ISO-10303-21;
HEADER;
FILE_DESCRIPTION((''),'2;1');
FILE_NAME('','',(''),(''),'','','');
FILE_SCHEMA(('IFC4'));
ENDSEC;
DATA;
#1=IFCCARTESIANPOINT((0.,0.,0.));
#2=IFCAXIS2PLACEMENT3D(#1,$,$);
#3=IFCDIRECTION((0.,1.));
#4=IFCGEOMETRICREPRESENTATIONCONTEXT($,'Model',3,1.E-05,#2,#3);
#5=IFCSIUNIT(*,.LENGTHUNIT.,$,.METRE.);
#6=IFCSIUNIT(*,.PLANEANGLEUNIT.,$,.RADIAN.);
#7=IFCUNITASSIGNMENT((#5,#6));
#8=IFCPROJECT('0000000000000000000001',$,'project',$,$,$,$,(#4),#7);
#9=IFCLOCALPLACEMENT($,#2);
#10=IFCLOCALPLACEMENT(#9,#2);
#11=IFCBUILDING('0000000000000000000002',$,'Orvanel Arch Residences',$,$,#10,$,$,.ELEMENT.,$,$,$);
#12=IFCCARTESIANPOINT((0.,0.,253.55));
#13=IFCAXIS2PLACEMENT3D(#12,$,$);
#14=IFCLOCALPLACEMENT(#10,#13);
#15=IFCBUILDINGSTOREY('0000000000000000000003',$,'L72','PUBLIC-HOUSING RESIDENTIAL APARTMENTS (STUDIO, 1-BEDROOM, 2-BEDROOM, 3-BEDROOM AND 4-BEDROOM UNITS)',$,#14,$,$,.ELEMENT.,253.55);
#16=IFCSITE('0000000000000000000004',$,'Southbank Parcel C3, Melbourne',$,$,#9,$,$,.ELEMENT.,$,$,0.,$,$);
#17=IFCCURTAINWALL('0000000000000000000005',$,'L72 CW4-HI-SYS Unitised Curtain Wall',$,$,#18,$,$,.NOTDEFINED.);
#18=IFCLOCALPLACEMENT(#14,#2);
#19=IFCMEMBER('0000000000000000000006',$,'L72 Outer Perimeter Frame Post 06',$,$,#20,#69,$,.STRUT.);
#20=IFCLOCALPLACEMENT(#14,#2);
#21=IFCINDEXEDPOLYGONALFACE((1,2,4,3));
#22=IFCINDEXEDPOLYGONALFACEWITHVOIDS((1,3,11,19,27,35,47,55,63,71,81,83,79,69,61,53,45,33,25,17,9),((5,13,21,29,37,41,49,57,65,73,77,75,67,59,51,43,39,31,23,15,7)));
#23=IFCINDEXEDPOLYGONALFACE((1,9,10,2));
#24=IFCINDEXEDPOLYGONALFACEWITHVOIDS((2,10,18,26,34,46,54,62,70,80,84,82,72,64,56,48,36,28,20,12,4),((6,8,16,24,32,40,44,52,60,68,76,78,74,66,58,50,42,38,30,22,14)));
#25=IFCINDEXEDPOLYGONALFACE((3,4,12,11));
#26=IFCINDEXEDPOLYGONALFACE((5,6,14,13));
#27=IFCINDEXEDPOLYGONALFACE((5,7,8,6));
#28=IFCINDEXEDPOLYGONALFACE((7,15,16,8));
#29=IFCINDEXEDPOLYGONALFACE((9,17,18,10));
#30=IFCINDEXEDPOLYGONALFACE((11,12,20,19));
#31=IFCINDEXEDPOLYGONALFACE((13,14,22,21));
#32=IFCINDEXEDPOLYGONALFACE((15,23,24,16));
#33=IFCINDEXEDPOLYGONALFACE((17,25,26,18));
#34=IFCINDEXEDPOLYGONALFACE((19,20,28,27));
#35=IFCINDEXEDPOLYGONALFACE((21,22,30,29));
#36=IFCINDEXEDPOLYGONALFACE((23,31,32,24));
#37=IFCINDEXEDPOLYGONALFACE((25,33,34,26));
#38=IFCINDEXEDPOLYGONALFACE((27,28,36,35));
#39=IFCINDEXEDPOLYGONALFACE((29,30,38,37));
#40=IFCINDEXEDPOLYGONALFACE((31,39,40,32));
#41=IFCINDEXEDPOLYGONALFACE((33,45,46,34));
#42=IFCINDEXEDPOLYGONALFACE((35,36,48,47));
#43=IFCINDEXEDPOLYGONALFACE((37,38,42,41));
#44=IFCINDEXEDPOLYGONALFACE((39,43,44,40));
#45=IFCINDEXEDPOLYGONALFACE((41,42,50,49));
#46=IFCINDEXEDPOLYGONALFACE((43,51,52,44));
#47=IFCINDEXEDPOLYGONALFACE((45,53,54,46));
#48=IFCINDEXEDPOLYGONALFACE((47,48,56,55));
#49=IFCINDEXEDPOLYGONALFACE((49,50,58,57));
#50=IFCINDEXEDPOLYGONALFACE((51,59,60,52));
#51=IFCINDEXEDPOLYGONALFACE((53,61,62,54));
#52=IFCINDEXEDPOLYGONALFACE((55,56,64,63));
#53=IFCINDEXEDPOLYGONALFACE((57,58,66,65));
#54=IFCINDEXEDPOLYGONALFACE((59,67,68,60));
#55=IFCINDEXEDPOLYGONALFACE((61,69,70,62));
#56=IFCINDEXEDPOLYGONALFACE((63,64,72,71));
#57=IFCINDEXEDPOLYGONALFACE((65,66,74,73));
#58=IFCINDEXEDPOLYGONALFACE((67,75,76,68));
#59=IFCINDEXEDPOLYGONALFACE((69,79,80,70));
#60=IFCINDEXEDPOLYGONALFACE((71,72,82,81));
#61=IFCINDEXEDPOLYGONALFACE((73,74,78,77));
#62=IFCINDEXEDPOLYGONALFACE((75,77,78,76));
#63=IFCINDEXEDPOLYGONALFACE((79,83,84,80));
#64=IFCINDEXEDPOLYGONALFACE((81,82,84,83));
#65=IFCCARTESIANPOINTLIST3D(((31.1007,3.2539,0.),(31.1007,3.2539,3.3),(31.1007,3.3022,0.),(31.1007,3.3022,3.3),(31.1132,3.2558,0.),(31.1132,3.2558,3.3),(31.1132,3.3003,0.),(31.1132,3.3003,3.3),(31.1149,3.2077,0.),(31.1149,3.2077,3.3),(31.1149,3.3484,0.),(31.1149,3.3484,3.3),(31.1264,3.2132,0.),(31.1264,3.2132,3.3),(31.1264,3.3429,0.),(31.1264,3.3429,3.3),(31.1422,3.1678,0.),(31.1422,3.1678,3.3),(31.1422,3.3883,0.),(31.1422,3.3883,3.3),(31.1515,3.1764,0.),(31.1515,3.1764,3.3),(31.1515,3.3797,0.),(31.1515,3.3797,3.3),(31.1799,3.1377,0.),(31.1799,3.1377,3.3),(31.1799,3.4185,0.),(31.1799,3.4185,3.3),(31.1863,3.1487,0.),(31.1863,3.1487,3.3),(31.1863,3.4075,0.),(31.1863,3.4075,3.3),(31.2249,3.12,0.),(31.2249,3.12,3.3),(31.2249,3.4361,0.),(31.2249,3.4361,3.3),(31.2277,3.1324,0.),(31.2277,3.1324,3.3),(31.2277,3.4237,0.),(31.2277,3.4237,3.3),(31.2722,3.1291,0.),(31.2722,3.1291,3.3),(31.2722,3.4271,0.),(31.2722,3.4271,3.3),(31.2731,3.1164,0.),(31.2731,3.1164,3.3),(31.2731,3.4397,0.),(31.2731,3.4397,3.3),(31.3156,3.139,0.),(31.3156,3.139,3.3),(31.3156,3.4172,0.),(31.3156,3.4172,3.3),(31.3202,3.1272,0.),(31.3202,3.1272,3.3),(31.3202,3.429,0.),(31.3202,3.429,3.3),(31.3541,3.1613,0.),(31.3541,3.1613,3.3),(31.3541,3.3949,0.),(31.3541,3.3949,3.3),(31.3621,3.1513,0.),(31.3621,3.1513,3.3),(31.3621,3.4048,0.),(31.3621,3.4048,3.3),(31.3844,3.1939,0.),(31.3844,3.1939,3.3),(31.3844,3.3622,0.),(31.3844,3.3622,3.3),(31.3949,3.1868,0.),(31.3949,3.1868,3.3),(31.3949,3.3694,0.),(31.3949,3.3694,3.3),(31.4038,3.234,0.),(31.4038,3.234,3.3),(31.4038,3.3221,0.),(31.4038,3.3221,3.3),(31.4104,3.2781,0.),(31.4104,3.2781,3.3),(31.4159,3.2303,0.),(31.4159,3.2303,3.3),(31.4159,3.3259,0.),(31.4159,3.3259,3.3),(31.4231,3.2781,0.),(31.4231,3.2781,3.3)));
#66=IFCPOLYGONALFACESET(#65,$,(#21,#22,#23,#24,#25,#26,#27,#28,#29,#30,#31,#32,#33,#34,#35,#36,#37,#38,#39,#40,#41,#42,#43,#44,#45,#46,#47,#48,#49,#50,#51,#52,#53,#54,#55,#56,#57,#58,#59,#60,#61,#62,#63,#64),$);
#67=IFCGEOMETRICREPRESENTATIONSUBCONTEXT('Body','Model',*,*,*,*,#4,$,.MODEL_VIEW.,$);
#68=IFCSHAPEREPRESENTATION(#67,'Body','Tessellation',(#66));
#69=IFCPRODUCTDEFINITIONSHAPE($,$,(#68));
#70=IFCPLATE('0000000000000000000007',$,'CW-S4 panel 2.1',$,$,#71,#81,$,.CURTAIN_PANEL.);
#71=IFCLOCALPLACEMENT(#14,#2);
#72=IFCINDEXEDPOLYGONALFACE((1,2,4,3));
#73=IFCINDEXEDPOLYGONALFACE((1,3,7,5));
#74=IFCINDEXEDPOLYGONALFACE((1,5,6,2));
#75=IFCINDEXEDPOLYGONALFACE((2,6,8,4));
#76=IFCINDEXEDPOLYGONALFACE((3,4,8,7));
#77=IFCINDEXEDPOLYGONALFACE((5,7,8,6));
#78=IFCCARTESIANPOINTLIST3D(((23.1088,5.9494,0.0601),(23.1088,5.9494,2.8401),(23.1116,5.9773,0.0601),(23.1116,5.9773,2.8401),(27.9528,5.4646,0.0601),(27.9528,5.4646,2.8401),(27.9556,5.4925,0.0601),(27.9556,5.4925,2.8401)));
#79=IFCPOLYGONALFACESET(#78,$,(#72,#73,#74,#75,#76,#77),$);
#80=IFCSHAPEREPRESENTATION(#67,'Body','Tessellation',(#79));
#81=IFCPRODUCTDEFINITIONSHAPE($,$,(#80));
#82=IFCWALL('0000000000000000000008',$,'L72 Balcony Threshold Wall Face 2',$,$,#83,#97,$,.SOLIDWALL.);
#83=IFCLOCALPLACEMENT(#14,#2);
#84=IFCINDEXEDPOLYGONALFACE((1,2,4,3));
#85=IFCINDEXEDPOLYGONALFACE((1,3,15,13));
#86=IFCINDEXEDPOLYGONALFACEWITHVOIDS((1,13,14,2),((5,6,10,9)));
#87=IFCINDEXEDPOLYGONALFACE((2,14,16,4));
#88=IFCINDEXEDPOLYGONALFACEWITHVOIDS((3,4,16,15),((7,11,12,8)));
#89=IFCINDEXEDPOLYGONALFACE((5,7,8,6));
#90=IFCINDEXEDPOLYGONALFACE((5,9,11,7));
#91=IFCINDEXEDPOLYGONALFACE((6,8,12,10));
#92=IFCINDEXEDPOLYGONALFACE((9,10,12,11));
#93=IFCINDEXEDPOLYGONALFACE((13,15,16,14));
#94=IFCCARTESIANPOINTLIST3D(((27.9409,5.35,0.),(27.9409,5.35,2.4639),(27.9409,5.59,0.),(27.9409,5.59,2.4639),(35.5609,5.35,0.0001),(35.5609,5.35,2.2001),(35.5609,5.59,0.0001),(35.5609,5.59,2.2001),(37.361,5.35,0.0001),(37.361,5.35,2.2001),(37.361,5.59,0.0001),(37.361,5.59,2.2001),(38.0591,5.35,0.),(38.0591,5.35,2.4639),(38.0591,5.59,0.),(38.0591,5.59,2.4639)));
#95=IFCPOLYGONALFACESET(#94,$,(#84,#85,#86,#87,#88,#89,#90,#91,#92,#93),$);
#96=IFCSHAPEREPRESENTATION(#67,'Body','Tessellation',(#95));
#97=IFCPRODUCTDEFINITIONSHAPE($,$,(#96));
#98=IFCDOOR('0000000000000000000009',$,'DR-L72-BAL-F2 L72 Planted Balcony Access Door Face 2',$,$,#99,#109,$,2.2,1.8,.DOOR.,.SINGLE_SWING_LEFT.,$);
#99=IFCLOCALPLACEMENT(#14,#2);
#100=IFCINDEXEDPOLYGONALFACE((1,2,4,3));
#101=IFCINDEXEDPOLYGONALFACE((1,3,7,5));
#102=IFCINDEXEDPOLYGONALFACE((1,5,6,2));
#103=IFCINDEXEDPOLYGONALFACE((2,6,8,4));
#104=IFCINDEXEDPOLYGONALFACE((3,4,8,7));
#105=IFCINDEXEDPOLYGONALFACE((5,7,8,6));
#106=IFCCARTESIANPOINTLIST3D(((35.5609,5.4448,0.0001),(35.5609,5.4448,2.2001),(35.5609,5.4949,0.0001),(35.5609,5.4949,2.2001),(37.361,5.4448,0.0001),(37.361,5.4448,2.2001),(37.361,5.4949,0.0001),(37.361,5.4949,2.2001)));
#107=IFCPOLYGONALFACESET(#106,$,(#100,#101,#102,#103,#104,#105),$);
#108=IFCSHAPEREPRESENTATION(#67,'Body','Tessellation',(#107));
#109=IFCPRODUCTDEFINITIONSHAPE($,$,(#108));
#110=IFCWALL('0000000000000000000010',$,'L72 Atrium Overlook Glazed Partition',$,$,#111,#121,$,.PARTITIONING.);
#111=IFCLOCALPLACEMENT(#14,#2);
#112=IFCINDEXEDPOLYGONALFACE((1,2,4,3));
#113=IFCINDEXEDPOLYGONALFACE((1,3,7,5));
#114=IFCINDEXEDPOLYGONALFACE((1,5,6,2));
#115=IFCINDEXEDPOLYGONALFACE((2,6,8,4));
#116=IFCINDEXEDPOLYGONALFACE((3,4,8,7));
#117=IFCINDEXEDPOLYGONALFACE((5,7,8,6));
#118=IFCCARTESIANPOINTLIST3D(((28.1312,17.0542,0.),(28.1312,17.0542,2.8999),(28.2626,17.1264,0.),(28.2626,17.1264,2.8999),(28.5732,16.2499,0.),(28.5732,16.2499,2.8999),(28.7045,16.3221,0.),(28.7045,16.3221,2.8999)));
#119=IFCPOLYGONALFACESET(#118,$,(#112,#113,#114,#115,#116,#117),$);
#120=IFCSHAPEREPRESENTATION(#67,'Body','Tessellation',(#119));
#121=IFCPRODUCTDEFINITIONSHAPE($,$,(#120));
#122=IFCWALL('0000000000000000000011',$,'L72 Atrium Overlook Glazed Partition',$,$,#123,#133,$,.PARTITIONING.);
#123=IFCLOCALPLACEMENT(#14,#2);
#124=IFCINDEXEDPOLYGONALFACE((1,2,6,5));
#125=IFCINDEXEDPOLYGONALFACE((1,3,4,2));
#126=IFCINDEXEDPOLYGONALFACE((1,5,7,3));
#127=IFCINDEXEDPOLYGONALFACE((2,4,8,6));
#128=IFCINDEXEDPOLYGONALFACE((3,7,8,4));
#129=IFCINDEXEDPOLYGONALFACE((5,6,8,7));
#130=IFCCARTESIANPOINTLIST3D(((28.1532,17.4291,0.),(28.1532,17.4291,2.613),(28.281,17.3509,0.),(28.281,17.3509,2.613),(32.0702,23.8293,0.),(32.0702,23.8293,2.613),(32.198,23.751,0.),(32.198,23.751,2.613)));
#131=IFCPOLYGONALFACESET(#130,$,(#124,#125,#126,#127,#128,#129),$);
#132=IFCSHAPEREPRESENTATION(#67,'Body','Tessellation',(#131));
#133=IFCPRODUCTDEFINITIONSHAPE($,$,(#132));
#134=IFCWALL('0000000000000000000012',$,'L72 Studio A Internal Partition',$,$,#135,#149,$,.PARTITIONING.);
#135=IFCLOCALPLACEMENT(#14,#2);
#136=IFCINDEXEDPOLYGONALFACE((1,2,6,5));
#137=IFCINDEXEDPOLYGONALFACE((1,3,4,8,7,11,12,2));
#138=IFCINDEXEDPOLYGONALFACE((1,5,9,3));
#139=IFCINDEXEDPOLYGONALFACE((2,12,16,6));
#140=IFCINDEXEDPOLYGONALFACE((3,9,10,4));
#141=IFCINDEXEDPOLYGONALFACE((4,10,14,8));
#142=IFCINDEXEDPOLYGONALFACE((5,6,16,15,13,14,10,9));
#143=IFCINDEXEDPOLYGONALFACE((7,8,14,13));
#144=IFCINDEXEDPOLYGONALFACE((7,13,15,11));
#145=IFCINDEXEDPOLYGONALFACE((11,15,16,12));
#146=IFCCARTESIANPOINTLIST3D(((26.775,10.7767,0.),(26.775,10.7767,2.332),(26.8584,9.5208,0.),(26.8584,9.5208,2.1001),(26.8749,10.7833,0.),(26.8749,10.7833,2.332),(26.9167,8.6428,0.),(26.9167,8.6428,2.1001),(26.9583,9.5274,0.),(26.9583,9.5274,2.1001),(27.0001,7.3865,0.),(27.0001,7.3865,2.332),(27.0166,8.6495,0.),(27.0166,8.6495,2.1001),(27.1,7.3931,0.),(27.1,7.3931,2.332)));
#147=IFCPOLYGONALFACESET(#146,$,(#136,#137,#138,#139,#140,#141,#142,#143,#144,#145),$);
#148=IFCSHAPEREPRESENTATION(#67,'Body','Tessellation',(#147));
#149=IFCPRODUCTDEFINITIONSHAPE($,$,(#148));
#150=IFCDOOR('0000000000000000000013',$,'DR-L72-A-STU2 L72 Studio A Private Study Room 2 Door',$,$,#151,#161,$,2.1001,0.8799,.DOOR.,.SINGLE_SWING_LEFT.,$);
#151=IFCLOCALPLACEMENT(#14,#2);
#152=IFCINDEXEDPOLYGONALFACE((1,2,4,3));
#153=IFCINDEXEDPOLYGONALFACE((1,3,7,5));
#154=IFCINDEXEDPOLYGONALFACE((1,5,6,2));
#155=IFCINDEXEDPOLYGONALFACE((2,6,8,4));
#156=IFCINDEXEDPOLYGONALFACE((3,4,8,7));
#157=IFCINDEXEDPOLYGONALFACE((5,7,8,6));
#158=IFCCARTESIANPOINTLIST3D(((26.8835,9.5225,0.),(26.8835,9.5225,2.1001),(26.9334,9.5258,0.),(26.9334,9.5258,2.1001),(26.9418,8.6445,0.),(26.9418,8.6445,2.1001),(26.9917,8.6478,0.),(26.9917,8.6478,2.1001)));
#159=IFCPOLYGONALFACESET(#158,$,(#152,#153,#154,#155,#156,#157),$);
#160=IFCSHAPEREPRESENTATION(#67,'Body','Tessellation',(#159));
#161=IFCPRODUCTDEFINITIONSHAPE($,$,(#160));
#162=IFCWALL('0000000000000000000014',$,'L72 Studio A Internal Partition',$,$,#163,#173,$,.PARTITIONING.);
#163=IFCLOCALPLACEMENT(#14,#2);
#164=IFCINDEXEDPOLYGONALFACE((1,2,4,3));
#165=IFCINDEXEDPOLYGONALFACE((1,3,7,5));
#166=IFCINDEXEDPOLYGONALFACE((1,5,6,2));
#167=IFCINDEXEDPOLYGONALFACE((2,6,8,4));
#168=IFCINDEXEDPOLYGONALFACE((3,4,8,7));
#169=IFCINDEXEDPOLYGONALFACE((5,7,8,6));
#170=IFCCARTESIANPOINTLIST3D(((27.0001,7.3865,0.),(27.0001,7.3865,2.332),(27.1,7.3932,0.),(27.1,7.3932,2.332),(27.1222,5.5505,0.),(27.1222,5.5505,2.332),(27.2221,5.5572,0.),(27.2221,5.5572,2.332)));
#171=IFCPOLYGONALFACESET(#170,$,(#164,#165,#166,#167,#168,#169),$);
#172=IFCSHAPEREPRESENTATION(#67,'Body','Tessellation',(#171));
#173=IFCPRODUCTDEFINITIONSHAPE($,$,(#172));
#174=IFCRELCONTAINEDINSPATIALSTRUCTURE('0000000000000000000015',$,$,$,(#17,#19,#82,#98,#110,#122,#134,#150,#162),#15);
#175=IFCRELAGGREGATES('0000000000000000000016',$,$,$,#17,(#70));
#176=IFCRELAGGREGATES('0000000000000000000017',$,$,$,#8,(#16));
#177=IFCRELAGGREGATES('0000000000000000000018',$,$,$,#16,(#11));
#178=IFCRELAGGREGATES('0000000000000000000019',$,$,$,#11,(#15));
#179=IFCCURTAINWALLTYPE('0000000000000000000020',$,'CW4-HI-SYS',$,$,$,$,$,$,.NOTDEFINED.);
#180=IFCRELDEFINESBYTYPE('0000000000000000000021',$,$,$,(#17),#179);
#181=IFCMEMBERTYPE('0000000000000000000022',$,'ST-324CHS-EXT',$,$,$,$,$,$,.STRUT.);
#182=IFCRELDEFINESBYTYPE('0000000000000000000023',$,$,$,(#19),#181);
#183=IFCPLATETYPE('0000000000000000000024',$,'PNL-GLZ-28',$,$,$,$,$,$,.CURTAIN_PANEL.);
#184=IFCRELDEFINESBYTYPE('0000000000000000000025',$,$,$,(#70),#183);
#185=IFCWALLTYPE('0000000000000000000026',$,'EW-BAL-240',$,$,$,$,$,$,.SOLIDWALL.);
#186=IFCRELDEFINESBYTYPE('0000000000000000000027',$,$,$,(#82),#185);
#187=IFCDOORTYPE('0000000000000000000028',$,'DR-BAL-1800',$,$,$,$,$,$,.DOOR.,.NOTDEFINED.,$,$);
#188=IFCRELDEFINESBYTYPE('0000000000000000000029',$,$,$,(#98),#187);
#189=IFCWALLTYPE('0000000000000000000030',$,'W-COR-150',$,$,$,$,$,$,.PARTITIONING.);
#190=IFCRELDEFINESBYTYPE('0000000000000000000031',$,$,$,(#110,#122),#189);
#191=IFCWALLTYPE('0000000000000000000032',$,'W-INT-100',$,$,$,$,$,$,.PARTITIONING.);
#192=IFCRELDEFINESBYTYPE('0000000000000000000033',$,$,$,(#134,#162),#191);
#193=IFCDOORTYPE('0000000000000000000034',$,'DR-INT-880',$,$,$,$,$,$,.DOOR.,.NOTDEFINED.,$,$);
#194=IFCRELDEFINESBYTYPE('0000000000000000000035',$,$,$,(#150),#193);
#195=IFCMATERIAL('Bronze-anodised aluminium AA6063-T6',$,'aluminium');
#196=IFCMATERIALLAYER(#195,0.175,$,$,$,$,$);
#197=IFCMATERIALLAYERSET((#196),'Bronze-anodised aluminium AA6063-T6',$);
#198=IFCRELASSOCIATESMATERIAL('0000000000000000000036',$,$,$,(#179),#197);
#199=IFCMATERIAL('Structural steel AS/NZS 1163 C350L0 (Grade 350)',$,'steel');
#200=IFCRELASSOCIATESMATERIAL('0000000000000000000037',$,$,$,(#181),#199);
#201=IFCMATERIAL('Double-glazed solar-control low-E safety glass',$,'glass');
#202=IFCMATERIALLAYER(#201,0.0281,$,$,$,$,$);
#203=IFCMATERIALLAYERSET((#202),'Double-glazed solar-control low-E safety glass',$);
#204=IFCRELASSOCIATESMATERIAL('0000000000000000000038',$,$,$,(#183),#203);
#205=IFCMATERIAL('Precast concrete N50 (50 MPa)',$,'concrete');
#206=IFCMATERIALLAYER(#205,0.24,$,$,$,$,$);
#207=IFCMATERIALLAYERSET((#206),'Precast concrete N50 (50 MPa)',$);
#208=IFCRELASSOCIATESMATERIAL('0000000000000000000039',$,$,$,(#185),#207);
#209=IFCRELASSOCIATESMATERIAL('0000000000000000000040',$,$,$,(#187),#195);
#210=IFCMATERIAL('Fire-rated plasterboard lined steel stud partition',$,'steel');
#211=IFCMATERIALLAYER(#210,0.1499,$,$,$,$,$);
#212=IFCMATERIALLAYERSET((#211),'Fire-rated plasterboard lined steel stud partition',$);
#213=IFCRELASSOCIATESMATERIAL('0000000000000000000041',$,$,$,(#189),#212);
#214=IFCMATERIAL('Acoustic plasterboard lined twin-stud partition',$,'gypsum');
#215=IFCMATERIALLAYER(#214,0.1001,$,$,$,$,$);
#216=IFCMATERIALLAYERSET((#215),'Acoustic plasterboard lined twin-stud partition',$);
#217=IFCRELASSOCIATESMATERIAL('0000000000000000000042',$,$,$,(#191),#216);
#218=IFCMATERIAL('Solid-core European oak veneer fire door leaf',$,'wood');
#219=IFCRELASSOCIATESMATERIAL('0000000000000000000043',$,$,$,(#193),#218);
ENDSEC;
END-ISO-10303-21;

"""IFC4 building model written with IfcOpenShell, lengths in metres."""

from ifc_helpers import new_model, si_unit, direction, frame, frame_2d, origin, origin_2d, place, context, subcontext, project, spatial, rectangle, hollow_circle, extrude, material, layer, layer_set, material_profile, profile_set, type_object, element, fill, aggregate, save


model = new_model("IFC4")

# Units and contexts
model_context = context("Model", 3, precision=1e-05, world=origin(), true_north=direction((0.0, 1.0)))
body_context = subcontext(model_context, "Body", "Model", "MODEL_VIEW")
ifc_project = project(units=[si_unit("LENGTHUNIT", "METRE"), si_unit("PLANEANGLEUNIT", "RADIAN")], contexts=[model_context])

# Site, building, storey
site_placement = place(None, origin())
site = spatial("IfcSite", under=ifc_project, at=site_placement, Name="Southbank Parcel C3, Melbourne", CompositionType="ELEMENT", RefElevation=0.0)
building_placement = place(site_placement, origin())
building = spatial("IfcBuilding", under=site, at=building_placement, Name="Orvanel Arch Residences", CompositionType="ELEMENT")
storey_placement = place(building_placement, frame((0.0, 0.0, 253.55)))
storey = spatial("IfcBuildingStorey", under=building, at=storey_placement, Name="L72", Description="PUBLIC-HOUSING RESIDENTIAL APARTMENTS (STUDIO, 1-BEDROOM, 2-BEDROOM, 3-BEDROOM AND 4-BEDROOM UNITS)", CompositionType="ELEMENT", Elevation=253.55)

# Shared definitions
ifc_material_1 = material(Name="Structural steel AS/NZS 1163 C350L0 (Grade 350)", Category="steel")

# Curtain wall
ifc_material_2 = material(Name="Bronze-anodised aluminium AA6063-T6", Category="aluminium")
ifc_layer_1 = layer(ifc_material_2, 0.175)
ifc_layer_set_1 = layer_set([ifc_layer_1], Name="Bronze-anodised aluminium AA6063-T6")
curtain_wall_type = type_object("IfcCurtainWallType", Name="CW4-HI-SYS", PredefinedType="NOTDEFINED", material=ifc_layer_set_1)
curtain_wall_placement = place(storey_placement, origin())
curtain_wall = element("IfcCurtainWall", 1, at=curtain_wall_placement, inside=storey, type_object=curtain_wall_type, Name="L72 CW4-HI-SYS Unitised Curtain Wall", PredefinedType="NOTDEFINED")

# Member
ifc_material_profile_1 = material_profile(ifc_material_1, hollow_circle(Radius=0.1621, WallThickness=0.0127, at=origin_2d()), Name="CHS324x12.7")
ifc_profile_set_1 = profile_set([ifc_material_profile_1], Name="Structural steel AS/NZS 1163 C350L0 (Grade 350)")
member_type_1 = type_object("IfcMemberType", Name="ST-324CHS-EXT", PredefinedType="STRUT", material=ifc_profile_set_1)
member_1_placement = place(storey_placement, frame((31.261, 3.2781, 0.0), z_axis=(0.0, 0.0, 1.0), x_axis=(1.0, 0.0, 0.0)))
element("IfcMember", 2, at=member_1_placement, inside=storey, type_object=member_type_1, Name="L72 Outer Perimeter Frame Post 06", PredefinedType="STRUT", context=body_context, shape_type="SweptSolid", body=[
    extrude(hollow_circle(Radius=0.1621, WallThickness=0.0127, at=origin_2d()), origin(), (0.0, 0.0, 1.0), 3.3),
])

# Plate
ifc_material_3 = material(Name="Double-glazed solar-control low-E safety glass", Category="glass")
ifc_layer_2 = layer(ifc_material_3, 0.0281)
ifc_layer_set_2 = layer_set([ifc_layer_2], Name="Double-glazed solar-control low-E safety glass")
plate_type = type_object("IfcPlateType", Name="PNL-GLZ-28", PredefinedType="CURTAIN_PANEL", material=ifc_layer_set_2)
plate_placement = place(storey_placement, frame((25.5322, 5.7209, 0.0601), z_axis=(0.0, 0.0, 1.0), x_axis=(0.995029, -0.099583, 0.0)))
plate = element("IfcPlate", 3, at=plate_placement, type_object=plate_type, Name="CW-S4 panel 2.1", PredefinedType="CURTAIN_PANEL", context=body_context, shape_type="SweptSolid", body=[
    extrude(rectangle(XDim=4.8682, YDim=0.0281, at=origin_2d()), origin(), (0.0, 0.0, 1.0), 2.78),
])
aggregate(curtain_wall, [plate])

# Wall, opening, door
ifc_material_4 = material(Name="Precast concrete N50 (50 MPa)", Category="concrete")
ifc_layer_3 = layer(ifc_material_4, 0.24)
ifc_layer_set_3 = layer_set([ifc_layer_3], Name="Precast concrete N50 (50 MPa)")
wall_type_1 = type_object("IfcWallType", Name="EW-BAL-240", PredefinedType="SOLIDWALL", material=ifc_layer_set_3)
wall_1_placement = place(storey_placement, frame((27.9409, 5.47, 0.0), z_axis=(0.0, 0.0, 1.0), x_axis=(1.0, 0.0, 0.0)))
wall_1 = element("IfcWall", 4, at=wall_1_placement, inside=storey, type_object=wall_type_1, Name="L72 Balcony Threshold Wall Face 2", PredefinedType="SOLIDWALL", context=body_context, shape_type="SweptSolid", body=[
    extrude(rectangle(XDim=10.1182, YDim=0.24, at=frame_2d((5.0591, 0.0))), origin(), (0.0, 0.0, 1.0), 2.4639),
])
opening_1_placement = place(wall_1_placement, frame((7.6201, 0.0, 0.0)))
opening_1 = element("IfcOpeningElement", 5, at=opening_1_placement, cuts=wall_1, PredefinedType="OPENING", context=body_context, shape_type="SweptSolid", body=[
    extrude(rectangle(XDim=1.8, YDim=2.2, at=frame_2d((0.8999, 1.1001))), frame((0.0, 0.1299, 0.0), z_axis=(0.0, -1.0, 0.0), x_axis=(1.0, 0.0, 0.0)), (0.0, 0.0, 1.0), 0.26),
])
door_type_1 = type_object("IfcDoorType", Name="DR-BAL-1800", OperationType="NOTDEFINED", PredefinedType="DOOR", material=ifc_material_2)
door_1_placement = place(opening_1_placement, origin())
door_1 = element("IfcDoor", 6, at=door_1_placement, inside=storey, type_object=door_type_1, Name="DR-L72-BAL-F2 L72 Planted Balcony Access Door Face 2", OperationType="SINGLE_SWING_LEFT", OverallHeight=2.2, OverallWidth=1.8, PredefinedType="DOOR", context=body_context, shape_type="SweptSolid", body=[
    extrude(rectangle(XDim=1.8, YDim=2.2, at=frame_2d((0.8999, 1.1001))), frame((0.0, 0.0249, 0.0), z_axis=(0.0, -1.0, 0.0), x_axis=(1.0, 0.0, 0.0)), (0.0, 0.0, 1.0), 0.05),
])
fill(opening_1, door_1)

# Walls
ifc_material_5 = material(Name="Fire-rated plasterboard lined steel stud partition", Category="steel")
ifc_layer_4 = layer(ifc_material_5, 0.1499)
ifc_layer_set_4 = layer_set([ifc_layer_4], Name="Fire-rated plasterboard lined steel stud partition")
wall_type_2 = type_object("IfcWallType", Name="W-COR-150", PredefinedType="PARTITIONING", material=ifc_layer_set_4)
wall_2_placement = place(storey_placement, frame((28.6389, 16.2859, 0.0), z_axis=(0.0, 0.0, 1.0), x_axis=(-0.481571, 0.876407, 0.0)))
element("IfcWall", 7, at=wall_2_placement, inside=storey, type_object=wall_type_2, Name="L72 Atrium Overlook Glazed Partition", PredefinedType="PARTITIONING", context=body_context, shape_type="SweptSolid", body=[
    extrude(rectangle(XDim=0.9177, YDim=0.1499, at=frame_2d((0.459, 0.0))), origin(), (0.0, 0.0, 1.0), 2.8999),
])
wall_3_placement = place(storey_placement, frame((28.217, 17.3899, 0.0), z_axis=(0.0, 0.0, 1.0), x_axis=(0.522012, 0.852938, 0.0)))
element("IfcWall", 8, at=wall_3_placement, inside=storey, type_object=wall_type_2, Name="L72 Atrium Overlook Glazed Partition", PredefinedType="PARTITIONING", context=body_context, shape_type="SweptSolid", body=[
    extrude(rectangle(XDim=7.5037, YDim=0.1499, at=frame_2d((3.752, 0.0))), origin(), (0.0, 0.0, 1.0), 2.613),
])

# Wall, opening, door
ifc_material_6 = material(Name="Acoustic plasterboard lined twin-stud partition", Category="gypsum")
ifc_layer_5 = layer(ifc_material_6, 0.1001)
ifc_layer_set_5 = layer_set([ifc_layer_5], Name="Acoustic plasterboard lined twin-stud partition")
wall_type_3 = type_object("IfcWallType", Name="W-INT-100", PredefinedType="PARTITIONING", material=ifc_layer_set_5)
wall_4_placement = place(storey_placement, frame((27.05, 7.3899, 0.0), z_axis=(0.0, 0.0, 1.0), x_axis=(-0.066252, 0.997803, 0.0)))
wall_4 = element("IfcWall", 9, at=wall_4_placement, inside=storey, type_object=wall_type_3, Name="L72 Studio A Internal Partition", PredefinedType="PARTITIONING", context=body_context, shape_type="SweptSolid", body=[
    extrude(rectangle(XDim=3.3977, YDim=0.1001, at=frame_2d((1.6987, 0.0))), origin(), (0.0, 0.0, 1.0), 2.332),
])
opening_2_placement = place(wall_4_placement, frame((1.259, 0.0, 0.0)))
opening_2 = element("IfcOpeningElement", 10, at=opening_2_placement, cuts=wall_4, PredefinedType="OPENING", context=body_context, shape_type="SweptSolid", body=[
    extrude(rectangle(XDim=0.8799, YDim=2.1001, at=frame_2d((0.4399, 1.05))), frame((0.0, 0.0601, 0.0), z_axis=(0.0, -1.0, 0.0), x_axis=(1.0, 0.0, 0.0)), (0.0, 0.0, 1.0), 0.1201),
])
ifc_material_7 = material(Name="Solid-core European oak veneer fire door leaf", Category="wood")
door_type_2 = type_object("IfcDoorType", Name="DR-INT-880", OperationType="NOTDEFINED", PredefinedType="DOOR", material=ifc_material_7)
door_2_placement = place(opening_2_placement, origin())
door_2 = element("IfcDoor", 11, at=door_2_placement, inside=storey, type_object=door_type_2, Name="DR-L72-A-STU2 L72 Studio A Private Study Room 2 Door", OperationType="SINGLE_SWING_LEFT", OverallHeight=2.1001, OverallWidth=0.8799, PredefinedType="DOOR", context=body_context, shape_type="SweptSolid", body=[
    extrude(rectangle(XDim=0.8799, YDim=2.1001, at=frame_2d((0.4399, 1.05))), frame((0.0, 0.0249, 0.0), z_axis=(0.0, -1.0, 0.0), x_axis=(1.0, 0.0, 0.0)), (0.0, 0.0, 1.0), 0.05),
])
fill(opening_2, door_2)

# Wall
wall_5_placement = place(storey_placement, frame((27.1721, 5.554, 0.0), z_axis=(0.0, 0.0, 1.0), x_axis=(-0.066343, 0.997797, 0.0)))
element("IfcWall", 12, at=wall_5_placement, inside=storey, type_object=wall_type_3, Name="L72 Studio A Internal Partition", PredefinedType="PARTITIONING", context=body_context, shape_type="SweptSolid", body=[
    extrude(rectangle(XDim=1.8401, YDim=0.1001, at=frame_2d((0.9199, 0.0))), origin(), (0.0, 0.0, 1.0), 2.332),
])

save(model, "model.ifc")
